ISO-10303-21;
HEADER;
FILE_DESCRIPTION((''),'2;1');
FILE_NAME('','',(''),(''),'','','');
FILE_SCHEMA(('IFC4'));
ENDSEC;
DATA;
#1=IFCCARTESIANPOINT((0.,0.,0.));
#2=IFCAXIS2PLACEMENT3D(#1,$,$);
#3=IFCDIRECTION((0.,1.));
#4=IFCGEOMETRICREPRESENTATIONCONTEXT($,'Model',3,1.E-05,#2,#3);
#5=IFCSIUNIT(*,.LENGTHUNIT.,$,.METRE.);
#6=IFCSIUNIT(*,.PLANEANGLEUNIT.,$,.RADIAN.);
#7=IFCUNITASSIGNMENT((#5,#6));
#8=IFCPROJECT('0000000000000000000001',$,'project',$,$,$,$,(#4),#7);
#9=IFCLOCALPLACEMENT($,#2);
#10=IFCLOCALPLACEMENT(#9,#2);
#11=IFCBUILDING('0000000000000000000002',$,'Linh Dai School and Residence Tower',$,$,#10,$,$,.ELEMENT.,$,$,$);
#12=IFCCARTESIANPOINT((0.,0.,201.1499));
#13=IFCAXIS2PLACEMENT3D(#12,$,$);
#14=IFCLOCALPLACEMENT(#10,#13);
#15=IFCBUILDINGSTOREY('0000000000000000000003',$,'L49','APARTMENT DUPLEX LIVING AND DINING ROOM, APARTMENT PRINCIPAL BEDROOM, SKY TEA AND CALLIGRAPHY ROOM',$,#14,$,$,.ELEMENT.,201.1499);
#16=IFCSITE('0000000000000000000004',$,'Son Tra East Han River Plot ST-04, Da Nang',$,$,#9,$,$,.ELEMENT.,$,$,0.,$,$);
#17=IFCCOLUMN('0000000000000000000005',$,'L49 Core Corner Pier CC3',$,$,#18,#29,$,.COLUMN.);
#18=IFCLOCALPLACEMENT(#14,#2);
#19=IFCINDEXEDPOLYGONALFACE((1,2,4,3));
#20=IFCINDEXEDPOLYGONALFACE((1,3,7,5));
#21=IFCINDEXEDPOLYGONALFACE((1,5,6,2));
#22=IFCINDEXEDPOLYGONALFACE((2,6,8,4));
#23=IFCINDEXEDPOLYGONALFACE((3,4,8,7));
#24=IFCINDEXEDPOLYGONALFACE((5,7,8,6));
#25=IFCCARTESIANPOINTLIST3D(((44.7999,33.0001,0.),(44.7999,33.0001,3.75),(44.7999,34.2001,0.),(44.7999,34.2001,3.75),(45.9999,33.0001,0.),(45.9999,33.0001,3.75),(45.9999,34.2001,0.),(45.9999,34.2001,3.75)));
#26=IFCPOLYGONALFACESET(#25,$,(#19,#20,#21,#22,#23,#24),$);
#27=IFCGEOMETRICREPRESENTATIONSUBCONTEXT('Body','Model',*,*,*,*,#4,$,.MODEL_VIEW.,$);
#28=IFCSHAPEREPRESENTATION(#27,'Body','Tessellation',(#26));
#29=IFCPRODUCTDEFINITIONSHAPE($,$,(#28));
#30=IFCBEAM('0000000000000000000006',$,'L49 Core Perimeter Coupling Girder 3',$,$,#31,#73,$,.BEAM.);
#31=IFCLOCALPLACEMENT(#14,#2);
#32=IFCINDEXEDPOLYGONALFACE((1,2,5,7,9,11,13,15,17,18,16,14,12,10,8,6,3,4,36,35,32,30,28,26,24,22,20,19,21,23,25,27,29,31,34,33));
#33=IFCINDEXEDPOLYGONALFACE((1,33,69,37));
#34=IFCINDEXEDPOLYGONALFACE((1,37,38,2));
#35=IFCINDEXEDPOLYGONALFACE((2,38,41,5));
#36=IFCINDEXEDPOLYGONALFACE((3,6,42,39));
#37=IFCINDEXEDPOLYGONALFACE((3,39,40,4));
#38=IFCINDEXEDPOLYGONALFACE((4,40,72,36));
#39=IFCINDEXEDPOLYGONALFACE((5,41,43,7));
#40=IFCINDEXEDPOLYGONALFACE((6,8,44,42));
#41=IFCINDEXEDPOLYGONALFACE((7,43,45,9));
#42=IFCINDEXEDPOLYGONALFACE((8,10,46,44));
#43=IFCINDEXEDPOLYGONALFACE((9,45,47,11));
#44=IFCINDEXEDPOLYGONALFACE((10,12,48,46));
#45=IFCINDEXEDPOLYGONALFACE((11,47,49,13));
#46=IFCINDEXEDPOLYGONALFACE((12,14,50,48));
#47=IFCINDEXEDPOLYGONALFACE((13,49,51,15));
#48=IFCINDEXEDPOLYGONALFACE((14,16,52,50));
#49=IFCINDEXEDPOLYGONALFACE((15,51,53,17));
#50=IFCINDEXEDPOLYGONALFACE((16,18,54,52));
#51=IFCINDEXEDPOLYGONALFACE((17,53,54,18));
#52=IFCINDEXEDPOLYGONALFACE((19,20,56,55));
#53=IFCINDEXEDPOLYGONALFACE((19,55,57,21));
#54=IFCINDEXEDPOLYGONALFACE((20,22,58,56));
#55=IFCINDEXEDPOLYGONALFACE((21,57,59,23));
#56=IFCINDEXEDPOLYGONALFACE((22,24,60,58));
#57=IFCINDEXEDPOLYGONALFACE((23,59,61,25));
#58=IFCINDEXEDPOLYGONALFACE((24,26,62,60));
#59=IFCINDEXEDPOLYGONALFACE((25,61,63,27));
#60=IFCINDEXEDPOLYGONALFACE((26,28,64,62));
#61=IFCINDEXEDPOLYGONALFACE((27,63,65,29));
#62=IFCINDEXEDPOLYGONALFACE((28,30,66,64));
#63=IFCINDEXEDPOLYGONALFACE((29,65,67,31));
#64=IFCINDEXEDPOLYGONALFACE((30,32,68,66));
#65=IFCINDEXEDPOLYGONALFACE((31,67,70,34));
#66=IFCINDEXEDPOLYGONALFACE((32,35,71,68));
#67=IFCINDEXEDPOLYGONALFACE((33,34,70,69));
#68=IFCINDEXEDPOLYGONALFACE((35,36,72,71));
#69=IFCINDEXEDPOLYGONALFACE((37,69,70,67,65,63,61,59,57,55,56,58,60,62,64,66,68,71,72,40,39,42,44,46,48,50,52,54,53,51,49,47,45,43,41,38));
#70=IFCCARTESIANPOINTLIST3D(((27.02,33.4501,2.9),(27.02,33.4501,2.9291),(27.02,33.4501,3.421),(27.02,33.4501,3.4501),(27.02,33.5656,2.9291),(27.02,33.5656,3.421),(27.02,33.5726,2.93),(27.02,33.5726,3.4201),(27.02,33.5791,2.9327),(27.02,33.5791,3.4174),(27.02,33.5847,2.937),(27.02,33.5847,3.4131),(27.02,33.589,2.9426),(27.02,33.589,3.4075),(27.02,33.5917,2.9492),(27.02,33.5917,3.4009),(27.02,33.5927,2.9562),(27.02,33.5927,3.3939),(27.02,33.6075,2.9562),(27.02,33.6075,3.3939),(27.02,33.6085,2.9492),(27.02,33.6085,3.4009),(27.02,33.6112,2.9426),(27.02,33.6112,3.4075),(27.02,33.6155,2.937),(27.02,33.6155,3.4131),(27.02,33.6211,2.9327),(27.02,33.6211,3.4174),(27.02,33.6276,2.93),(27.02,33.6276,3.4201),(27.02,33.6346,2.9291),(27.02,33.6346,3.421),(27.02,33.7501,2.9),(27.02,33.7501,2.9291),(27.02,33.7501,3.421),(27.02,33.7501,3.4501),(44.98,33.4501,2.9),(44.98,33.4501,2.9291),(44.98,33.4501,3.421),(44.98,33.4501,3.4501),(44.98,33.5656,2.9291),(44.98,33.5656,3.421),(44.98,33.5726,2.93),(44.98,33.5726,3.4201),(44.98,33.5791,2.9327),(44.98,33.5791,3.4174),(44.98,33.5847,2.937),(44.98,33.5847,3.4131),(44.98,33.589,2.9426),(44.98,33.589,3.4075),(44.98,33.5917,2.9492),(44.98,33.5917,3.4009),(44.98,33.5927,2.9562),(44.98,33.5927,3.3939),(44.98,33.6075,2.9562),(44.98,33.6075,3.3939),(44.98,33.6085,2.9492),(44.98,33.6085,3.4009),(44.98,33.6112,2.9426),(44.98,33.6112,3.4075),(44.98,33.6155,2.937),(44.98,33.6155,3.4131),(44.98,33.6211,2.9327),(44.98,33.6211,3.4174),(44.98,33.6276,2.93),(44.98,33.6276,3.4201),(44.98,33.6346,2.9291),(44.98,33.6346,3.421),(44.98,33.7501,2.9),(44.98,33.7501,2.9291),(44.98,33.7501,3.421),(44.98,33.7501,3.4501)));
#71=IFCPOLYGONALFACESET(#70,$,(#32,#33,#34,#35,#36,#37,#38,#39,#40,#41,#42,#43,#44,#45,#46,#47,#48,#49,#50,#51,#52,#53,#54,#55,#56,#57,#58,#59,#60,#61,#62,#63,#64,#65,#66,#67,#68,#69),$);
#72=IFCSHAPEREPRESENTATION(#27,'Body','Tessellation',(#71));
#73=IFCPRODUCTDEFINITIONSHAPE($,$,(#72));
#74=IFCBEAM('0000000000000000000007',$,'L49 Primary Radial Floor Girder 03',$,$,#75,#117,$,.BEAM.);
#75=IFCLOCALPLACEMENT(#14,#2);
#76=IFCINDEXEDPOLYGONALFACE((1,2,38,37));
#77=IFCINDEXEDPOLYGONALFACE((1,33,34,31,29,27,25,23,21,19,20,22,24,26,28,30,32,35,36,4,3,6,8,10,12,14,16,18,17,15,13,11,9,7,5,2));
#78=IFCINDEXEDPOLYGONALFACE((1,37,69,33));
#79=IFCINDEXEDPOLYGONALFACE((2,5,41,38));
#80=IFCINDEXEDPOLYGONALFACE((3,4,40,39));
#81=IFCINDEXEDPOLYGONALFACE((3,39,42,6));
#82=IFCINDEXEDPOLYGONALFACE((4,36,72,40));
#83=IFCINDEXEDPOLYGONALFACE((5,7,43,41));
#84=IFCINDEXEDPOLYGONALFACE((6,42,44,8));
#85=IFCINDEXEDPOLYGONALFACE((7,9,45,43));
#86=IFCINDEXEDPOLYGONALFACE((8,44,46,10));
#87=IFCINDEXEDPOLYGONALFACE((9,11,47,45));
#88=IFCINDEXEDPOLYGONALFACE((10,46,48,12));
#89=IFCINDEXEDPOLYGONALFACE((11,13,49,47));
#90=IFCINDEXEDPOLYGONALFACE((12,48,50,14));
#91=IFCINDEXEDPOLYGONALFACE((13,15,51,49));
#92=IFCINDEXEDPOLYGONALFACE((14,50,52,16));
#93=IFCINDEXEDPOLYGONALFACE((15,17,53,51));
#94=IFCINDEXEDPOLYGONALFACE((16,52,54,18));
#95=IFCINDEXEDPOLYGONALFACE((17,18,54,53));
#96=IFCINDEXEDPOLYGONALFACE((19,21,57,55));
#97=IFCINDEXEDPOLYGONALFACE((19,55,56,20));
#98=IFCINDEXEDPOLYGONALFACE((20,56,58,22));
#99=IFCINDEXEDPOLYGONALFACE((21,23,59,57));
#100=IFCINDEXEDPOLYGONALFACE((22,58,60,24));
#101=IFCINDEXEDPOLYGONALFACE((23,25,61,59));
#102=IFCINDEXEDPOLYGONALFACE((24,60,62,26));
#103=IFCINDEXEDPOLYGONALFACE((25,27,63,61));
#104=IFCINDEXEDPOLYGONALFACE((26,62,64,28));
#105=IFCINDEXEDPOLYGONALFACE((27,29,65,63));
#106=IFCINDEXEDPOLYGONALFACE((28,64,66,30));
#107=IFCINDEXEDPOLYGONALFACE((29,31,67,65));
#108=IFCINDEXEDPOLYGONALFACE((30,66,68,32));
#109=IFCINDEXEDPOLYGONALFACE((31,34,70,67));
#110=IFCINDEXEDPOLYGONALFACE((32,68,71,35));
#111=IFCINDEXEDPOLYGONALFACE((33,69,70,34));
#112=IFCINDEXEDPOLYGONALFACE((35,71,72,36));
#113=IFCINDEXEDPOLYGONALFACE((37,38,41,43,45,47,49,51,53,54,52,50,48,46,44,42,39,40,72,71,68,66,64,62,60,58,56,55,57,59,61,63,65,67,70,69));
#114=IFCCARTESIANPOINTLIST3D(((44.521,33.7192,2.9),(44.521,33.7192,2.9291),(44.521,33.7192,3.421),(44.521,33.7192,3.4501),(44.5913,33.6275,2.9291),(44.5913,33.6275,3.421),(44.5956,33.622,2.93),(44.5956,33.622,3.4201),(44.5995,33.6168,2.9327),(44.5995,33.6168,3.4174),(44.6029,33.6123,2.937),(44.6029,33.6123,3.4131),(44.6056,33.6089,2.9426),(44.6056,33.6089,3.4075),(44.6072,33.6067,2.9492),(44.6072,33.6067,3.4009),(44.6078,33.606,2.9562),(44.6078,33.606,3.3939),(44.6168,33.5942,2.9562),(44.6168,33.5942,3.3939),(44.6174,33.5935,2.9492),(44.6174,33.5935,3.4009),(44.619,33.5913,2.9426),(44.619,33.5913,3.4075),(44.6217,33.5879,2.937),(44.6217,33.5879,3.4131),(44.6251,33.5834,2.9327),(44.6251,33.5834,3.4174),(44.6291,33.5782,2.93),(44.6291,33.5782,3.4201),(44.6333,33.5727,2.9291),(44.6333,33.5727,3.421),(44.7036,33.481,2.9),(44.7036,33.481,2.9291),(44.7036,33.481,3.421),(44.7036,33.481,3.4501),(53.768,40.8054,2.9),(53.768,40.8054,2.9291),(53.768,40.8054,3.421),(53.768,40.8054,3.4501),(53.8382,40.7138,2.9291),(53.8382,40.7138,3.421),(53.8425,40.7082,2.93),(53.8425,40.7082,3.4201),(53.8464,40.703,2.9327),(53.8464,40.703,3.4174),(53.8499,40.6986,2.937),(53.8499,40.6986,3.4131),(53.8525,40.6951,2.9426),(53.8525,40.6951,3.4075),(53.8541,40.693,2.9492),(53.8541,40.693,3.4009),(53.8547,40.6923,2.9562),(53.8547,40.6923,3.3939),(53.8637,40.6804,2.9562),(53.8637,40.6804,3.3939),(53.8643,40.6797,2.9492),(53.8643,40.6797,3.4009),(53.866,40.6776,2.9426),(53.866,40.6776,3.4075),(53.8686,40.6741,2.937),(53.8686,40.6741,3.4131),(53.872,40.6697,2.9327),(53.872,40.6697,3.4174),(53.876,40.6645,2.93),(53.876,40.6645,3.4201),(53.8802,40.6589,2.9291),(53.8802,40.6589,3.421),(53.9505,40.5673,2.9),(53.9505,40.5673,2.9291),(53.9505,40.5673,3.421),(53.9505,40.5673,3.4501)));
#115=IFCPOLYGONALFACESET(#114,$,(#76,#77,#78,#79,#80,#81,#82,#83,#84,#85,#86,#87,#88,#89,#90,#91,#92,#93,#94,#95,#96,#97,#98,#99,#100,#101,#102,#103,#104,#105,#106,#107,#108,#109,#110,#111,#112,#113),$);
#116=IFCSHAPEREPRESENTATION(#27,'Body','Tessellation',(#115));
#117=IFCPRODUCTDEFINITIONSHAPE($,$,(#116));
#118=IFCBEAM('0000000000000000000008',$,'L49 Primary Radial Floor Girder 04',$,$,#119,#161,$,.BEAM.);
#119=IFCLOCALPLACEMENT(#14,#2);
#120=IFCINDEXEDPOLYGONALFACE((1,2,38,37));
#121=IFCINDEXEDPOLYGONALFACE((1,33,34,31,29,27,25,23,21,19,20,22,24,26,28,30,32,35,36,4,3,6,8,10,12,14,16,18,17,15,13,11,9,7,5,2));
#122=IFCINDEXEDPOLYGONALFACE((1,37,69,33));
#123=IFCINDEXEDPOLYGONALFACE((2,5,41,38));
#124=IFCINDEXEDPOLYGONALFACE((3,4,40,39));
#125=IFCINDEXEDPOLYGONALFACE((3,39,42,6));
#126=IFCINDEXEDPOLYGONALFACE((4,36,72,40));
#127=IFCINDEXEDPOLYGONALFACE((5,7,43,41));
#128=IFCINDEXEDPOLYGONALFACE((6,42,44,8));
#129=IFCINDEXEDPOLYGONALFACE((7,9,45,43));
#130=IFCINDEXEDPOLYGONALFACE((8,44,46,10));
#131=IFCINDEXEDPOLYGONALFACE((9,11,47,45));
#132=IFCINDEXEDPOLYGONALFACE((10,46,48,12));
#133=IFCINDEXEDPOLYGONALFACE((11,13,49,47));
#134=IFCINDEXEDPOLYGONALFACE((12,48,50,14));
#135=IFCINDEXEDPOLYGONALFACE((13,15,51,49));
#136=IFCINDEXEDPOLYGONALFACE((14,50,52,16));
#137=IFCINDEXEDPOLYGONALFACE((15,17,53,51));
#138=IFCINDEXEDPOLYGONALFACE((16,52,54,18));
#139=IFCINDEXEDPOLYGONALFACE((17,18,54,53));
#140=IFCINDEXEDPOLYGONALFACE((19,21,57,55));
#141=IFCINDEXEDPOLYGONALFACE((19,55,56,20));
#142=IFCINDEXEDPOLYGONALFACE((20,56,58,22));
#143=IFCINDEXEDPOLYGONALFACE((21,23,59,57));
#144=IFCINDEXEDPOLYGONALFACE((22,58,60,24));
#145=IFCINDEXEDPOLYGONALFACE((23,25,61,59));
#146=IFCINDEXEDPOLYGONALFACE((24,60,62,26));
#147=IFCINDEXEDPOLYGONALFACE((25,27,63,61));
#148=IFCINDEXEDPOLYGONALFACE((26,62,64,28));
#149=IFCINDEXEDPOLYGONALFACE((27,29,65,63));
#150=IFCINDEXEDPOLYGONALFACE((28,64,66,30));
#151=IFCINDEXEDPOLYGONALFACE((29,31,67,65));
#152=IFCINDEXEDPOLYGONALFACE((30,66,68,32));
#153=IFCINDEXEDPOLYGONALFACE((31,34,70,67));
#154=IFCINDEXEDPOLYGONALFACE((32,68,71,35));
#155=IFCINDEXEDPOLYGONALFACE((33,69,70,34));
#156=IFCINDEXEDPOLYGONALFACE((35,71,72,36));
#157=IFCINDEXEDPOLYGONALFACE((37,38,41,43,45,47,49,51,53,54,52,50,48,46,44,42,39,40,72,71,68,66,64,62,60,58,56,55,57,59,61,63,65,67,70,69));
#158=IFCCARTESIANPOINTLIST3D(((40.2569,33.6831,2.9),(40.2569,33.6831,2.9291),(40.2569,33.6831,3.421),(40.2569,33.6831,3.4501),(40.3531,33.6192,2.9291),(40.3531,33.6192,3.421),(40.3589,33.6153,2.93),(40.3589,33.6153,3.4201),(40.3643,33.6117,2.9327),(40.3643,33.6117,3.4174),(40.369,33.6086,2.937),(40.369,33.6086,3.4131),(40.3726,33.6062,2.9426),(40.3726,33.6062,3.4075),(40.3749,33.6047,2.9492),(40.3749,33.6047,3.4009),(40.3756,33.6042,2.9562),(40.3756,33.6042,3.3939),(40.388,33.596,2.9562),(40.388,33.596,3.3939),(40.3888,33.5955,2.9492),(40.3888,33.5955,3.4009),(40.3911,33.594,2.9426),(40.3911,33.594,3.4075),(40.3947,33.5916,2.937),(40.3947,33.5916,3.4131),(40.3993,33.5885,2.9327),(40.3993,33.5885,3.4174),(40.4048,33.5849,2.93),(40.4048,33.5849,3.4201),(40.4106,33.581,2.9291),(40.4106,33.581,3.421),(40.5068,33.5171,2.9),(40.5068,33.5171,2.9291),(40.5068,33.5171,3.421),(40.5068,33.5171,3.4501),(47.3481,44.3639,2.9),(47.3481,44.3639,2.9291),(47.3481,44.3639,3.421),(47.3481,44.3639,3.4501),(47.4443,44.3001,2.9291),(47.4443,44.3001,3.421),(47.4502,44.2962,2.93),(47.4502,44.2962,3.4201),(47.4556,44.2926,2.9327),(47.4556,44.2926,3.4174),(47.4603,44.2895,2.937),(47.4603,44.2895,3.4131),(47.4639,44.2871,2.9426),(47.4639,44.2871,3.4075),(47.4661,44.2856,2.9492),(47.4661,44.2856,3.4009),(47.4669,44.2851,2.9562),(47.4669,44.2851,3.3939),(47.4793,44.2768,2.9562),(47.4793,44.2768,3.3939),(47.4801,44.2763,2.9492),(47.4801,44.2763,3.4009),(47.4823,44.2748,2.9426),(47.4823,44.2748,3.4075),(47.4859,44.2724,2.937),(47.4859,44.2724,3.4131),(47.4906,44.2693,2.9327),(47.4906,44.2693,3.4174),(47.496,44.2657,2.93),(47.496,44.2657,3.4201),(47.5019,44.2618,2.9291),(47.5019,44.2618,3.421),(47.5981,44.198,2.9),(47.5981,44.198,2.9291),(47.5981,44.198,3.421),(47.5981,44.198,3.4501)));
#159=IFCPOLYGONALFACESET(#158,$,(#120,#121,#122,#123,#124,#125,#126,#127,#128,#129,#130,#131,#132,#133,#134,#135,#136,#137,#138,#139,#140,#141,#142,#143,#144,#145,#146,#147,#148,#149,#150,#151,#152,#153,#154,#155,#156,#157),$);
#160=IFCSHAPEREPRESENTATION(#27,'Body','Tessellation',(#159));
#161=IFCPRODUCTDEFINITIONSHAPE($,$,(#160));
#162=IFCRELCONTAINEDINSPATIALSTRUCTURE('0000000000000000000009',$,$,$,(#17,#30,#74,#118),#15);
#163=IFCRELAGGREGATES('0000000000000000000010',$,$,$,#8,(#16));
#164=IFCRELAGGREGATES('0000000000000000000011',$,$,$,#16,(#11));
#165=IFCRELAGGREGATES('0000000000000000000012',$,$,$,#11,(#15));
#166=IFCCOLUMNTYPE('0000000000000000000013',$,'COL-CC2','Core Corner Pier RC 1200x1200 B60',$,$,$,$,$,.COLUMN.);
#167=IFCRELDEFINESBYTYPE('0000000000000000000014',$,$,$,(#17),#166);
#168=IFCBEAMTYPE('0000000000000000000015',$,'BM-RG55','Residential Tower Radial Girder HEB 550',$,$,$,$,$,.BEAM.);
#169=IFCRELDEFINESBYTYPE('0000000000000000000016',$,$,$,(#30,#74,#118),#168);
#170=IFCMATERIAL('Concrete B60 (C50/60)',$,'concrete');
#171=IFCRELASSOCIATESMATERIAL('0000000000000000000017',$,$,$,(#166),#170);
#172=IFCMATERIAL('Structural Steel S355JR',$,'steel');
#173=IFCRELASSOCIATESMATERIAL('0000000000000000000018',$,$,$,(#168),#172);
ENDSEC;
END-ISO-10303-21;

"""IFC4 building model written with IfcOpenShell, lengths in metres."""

from ifc_helpers import new_model, si_unit, direction, frame, origin, origin_2d, place, context, subcontext, project, spatial, rectangle, i_section, extrude, material, material_profile, profile_set, type_object, element, save


model = new_model("IFC4")

# Units and contexts
model_context = context("Model", 3, precision=1e-05, world=origin(), true_north=direction((0.0, 1.0)))
body_context = subcontext(model_context, "Body", "Model", "MODEL_VIEW")
ifc_project = project(units=[si_unit("LENGTHUNIT", "METRE"), si_unit("PLANEANGLEUNIT", "RADIAN")], contexts=[model_context])

# Site, building, storey
site_placement = place(None, origin())
site = spatial("IfcSite", under=ifc_project, at=site_placement, Name="Son Tra East Han River Plot ST-04, Da Nang", CompositionType="ELEMENT", RefElevation=0.0)
building_placement = place(site_placement, origin())
building = spatial("IfcBuilding", under=site, at=building_placement, Name="Linh Dai School and Residence Tower", CompositionType="ELEMENT")
storey_placement = place(building_placement, frame((0.0, 0.0, 201.1499)))
storey = spatial("IfcBuildingStorey", under=building, at=storey_placement, Name="L49", Description="APARTMENT DUPLEX LIVING AND DINING ROOM, APARTMENT PRINCIPAL BEDROOM, SKY TEA AND CALLIGRAPHY ROOM", CompositionType="ELEMENT", Elevation=201.1499)

# Column
ifc_material_1 = material(Name="Concrete B60 (C50/60)", Category="concrete")
ifc_material_profile_1 = material_profile(ifc_material_1, rectangle(XDim=1.2, YDim=1.2, at=origin_2d()), Name="RC 1200x1200")
ifc_profile_set_1 = profile_set([ifc_material_profile_1], Name="Concrete B60 (C50/60)")
column_type = type_object("IfcColumnType", Name="COL-CC2", Description="Core Corner Pier RC 1200x1200 B60", PredefinedType="COLUMN", material=ifc_profile_set_1)
column_placement = place(storey_placement, frame((45.3999, 33.6001, 0.0), z_axis=(0.0, 0.0, 1.0), x_axis=(1.0, 0.0, 0.0)))
element("IfcColumn", 1, at=column_placement, inside=storey, type_object=column_type, Name="L49 Core Corner Pier CC3", PredefinedType="COLUMN", context=body_context, shape_type="SweptSolid", body=[
    extrude(rectangle(XDim=1.2, YDim=1.2, at=origin_2d()), origin(), (0.0, 0.0, 1.0), 3.75),
])

# Beams
ifc_material_2 = material(Name="Structural Steel S355JR", Category="steel")
ifc_material_profile_2 = material_profile(ifc_material_2, i_section(OverallWidth=0.3, OverallDepth=0.55, WebThickness=0.0149, FlangeThickness=0.0291, FilletRadius=0.0271, at=origin_2d()), Name="HEB 550")
ifc_profile_set_2 = profile_set([ifc_material_profile_2], Name="Structural Steel S355JR")
beam_type_1 = type_object("IfcBeamType", Name="BM-RG55", Description="Residential Tower Radial Girder HEB 550", PredefinedType="BEAM", material=ifc_profile_set_2)
beam_1_placement = place(storey_placement, frame((44.98, 33.6001, 3.175), z_axis=(-1.0, 0.0, 0.0), x_axis=(0.0, -1.0, 0.0)))
element("IfcBeam", 2, at=beam_1_placement, inside=storey, type_object=beam_type_1, Name="L49 Core Perimeter Coupling Girder 3", PredefinedType="BEAM", context=body_context, shape_type="SweptSolid", body=[
    extrude(i_section(OverallWidth=0.3, OverallDepth=0.55, WebThickness=0.0149, FlangeThickness=0.0291, FilletRadius=0.0271, at=origin_2d()), origin(), (0.0, 0.0, 1.0), 17.96),
])
beam_2_placement = place(storey_placement, frame((44.6123, 33.6001, 3.175), z_axis=(0.793733, 0.608267, 0.0), x_axis=(-0.608267, 0.793733, 0.0)))
element("IfcBeam", 3, at=beam_2_placement, inside=storey, type_object=beam_type_1, Name="L49 Primary Radial Floor Girder 03", PredefinedType="BEAM", context=body_context, shape_type="SweptSolid", body=[
    extrude(i_section(OverallWidth=0.3, OverallDepth=0.55, WebThickness=0.0149, FlangeThickness=0.0291, FilletRadius=0.0271, at=origin_2d()), origin(), (0.0, 0.0, 1.0), 11.6499),
])
beam_3_placement = place(storey_placement, frame((40.3818, 33.6001, 3.175), z_axis=(0.553117, 0.833103, 0.0), x_axis=(-0.833103, 0.553117, 0.0)))
element("IfcBeam", 4, at=beam_3_placement, inside=storey, type_object=beam_type_1, Name="L49 Primary Radial Floor Girder 04", PredefinedType="BEAM", context=body_context, shape_type="SweptSolid", body=[
    extrude(i_section(OverallWidth=0.3, OverallDepth=0.55, WebThickness=0.0149, FlangeThickness=0.0291, FilletRadius=0.0271, at=origin_2d()), origin(), (0.0, 0.0, 1.0), 12.8206),
])

save(model, "model.ifc")
